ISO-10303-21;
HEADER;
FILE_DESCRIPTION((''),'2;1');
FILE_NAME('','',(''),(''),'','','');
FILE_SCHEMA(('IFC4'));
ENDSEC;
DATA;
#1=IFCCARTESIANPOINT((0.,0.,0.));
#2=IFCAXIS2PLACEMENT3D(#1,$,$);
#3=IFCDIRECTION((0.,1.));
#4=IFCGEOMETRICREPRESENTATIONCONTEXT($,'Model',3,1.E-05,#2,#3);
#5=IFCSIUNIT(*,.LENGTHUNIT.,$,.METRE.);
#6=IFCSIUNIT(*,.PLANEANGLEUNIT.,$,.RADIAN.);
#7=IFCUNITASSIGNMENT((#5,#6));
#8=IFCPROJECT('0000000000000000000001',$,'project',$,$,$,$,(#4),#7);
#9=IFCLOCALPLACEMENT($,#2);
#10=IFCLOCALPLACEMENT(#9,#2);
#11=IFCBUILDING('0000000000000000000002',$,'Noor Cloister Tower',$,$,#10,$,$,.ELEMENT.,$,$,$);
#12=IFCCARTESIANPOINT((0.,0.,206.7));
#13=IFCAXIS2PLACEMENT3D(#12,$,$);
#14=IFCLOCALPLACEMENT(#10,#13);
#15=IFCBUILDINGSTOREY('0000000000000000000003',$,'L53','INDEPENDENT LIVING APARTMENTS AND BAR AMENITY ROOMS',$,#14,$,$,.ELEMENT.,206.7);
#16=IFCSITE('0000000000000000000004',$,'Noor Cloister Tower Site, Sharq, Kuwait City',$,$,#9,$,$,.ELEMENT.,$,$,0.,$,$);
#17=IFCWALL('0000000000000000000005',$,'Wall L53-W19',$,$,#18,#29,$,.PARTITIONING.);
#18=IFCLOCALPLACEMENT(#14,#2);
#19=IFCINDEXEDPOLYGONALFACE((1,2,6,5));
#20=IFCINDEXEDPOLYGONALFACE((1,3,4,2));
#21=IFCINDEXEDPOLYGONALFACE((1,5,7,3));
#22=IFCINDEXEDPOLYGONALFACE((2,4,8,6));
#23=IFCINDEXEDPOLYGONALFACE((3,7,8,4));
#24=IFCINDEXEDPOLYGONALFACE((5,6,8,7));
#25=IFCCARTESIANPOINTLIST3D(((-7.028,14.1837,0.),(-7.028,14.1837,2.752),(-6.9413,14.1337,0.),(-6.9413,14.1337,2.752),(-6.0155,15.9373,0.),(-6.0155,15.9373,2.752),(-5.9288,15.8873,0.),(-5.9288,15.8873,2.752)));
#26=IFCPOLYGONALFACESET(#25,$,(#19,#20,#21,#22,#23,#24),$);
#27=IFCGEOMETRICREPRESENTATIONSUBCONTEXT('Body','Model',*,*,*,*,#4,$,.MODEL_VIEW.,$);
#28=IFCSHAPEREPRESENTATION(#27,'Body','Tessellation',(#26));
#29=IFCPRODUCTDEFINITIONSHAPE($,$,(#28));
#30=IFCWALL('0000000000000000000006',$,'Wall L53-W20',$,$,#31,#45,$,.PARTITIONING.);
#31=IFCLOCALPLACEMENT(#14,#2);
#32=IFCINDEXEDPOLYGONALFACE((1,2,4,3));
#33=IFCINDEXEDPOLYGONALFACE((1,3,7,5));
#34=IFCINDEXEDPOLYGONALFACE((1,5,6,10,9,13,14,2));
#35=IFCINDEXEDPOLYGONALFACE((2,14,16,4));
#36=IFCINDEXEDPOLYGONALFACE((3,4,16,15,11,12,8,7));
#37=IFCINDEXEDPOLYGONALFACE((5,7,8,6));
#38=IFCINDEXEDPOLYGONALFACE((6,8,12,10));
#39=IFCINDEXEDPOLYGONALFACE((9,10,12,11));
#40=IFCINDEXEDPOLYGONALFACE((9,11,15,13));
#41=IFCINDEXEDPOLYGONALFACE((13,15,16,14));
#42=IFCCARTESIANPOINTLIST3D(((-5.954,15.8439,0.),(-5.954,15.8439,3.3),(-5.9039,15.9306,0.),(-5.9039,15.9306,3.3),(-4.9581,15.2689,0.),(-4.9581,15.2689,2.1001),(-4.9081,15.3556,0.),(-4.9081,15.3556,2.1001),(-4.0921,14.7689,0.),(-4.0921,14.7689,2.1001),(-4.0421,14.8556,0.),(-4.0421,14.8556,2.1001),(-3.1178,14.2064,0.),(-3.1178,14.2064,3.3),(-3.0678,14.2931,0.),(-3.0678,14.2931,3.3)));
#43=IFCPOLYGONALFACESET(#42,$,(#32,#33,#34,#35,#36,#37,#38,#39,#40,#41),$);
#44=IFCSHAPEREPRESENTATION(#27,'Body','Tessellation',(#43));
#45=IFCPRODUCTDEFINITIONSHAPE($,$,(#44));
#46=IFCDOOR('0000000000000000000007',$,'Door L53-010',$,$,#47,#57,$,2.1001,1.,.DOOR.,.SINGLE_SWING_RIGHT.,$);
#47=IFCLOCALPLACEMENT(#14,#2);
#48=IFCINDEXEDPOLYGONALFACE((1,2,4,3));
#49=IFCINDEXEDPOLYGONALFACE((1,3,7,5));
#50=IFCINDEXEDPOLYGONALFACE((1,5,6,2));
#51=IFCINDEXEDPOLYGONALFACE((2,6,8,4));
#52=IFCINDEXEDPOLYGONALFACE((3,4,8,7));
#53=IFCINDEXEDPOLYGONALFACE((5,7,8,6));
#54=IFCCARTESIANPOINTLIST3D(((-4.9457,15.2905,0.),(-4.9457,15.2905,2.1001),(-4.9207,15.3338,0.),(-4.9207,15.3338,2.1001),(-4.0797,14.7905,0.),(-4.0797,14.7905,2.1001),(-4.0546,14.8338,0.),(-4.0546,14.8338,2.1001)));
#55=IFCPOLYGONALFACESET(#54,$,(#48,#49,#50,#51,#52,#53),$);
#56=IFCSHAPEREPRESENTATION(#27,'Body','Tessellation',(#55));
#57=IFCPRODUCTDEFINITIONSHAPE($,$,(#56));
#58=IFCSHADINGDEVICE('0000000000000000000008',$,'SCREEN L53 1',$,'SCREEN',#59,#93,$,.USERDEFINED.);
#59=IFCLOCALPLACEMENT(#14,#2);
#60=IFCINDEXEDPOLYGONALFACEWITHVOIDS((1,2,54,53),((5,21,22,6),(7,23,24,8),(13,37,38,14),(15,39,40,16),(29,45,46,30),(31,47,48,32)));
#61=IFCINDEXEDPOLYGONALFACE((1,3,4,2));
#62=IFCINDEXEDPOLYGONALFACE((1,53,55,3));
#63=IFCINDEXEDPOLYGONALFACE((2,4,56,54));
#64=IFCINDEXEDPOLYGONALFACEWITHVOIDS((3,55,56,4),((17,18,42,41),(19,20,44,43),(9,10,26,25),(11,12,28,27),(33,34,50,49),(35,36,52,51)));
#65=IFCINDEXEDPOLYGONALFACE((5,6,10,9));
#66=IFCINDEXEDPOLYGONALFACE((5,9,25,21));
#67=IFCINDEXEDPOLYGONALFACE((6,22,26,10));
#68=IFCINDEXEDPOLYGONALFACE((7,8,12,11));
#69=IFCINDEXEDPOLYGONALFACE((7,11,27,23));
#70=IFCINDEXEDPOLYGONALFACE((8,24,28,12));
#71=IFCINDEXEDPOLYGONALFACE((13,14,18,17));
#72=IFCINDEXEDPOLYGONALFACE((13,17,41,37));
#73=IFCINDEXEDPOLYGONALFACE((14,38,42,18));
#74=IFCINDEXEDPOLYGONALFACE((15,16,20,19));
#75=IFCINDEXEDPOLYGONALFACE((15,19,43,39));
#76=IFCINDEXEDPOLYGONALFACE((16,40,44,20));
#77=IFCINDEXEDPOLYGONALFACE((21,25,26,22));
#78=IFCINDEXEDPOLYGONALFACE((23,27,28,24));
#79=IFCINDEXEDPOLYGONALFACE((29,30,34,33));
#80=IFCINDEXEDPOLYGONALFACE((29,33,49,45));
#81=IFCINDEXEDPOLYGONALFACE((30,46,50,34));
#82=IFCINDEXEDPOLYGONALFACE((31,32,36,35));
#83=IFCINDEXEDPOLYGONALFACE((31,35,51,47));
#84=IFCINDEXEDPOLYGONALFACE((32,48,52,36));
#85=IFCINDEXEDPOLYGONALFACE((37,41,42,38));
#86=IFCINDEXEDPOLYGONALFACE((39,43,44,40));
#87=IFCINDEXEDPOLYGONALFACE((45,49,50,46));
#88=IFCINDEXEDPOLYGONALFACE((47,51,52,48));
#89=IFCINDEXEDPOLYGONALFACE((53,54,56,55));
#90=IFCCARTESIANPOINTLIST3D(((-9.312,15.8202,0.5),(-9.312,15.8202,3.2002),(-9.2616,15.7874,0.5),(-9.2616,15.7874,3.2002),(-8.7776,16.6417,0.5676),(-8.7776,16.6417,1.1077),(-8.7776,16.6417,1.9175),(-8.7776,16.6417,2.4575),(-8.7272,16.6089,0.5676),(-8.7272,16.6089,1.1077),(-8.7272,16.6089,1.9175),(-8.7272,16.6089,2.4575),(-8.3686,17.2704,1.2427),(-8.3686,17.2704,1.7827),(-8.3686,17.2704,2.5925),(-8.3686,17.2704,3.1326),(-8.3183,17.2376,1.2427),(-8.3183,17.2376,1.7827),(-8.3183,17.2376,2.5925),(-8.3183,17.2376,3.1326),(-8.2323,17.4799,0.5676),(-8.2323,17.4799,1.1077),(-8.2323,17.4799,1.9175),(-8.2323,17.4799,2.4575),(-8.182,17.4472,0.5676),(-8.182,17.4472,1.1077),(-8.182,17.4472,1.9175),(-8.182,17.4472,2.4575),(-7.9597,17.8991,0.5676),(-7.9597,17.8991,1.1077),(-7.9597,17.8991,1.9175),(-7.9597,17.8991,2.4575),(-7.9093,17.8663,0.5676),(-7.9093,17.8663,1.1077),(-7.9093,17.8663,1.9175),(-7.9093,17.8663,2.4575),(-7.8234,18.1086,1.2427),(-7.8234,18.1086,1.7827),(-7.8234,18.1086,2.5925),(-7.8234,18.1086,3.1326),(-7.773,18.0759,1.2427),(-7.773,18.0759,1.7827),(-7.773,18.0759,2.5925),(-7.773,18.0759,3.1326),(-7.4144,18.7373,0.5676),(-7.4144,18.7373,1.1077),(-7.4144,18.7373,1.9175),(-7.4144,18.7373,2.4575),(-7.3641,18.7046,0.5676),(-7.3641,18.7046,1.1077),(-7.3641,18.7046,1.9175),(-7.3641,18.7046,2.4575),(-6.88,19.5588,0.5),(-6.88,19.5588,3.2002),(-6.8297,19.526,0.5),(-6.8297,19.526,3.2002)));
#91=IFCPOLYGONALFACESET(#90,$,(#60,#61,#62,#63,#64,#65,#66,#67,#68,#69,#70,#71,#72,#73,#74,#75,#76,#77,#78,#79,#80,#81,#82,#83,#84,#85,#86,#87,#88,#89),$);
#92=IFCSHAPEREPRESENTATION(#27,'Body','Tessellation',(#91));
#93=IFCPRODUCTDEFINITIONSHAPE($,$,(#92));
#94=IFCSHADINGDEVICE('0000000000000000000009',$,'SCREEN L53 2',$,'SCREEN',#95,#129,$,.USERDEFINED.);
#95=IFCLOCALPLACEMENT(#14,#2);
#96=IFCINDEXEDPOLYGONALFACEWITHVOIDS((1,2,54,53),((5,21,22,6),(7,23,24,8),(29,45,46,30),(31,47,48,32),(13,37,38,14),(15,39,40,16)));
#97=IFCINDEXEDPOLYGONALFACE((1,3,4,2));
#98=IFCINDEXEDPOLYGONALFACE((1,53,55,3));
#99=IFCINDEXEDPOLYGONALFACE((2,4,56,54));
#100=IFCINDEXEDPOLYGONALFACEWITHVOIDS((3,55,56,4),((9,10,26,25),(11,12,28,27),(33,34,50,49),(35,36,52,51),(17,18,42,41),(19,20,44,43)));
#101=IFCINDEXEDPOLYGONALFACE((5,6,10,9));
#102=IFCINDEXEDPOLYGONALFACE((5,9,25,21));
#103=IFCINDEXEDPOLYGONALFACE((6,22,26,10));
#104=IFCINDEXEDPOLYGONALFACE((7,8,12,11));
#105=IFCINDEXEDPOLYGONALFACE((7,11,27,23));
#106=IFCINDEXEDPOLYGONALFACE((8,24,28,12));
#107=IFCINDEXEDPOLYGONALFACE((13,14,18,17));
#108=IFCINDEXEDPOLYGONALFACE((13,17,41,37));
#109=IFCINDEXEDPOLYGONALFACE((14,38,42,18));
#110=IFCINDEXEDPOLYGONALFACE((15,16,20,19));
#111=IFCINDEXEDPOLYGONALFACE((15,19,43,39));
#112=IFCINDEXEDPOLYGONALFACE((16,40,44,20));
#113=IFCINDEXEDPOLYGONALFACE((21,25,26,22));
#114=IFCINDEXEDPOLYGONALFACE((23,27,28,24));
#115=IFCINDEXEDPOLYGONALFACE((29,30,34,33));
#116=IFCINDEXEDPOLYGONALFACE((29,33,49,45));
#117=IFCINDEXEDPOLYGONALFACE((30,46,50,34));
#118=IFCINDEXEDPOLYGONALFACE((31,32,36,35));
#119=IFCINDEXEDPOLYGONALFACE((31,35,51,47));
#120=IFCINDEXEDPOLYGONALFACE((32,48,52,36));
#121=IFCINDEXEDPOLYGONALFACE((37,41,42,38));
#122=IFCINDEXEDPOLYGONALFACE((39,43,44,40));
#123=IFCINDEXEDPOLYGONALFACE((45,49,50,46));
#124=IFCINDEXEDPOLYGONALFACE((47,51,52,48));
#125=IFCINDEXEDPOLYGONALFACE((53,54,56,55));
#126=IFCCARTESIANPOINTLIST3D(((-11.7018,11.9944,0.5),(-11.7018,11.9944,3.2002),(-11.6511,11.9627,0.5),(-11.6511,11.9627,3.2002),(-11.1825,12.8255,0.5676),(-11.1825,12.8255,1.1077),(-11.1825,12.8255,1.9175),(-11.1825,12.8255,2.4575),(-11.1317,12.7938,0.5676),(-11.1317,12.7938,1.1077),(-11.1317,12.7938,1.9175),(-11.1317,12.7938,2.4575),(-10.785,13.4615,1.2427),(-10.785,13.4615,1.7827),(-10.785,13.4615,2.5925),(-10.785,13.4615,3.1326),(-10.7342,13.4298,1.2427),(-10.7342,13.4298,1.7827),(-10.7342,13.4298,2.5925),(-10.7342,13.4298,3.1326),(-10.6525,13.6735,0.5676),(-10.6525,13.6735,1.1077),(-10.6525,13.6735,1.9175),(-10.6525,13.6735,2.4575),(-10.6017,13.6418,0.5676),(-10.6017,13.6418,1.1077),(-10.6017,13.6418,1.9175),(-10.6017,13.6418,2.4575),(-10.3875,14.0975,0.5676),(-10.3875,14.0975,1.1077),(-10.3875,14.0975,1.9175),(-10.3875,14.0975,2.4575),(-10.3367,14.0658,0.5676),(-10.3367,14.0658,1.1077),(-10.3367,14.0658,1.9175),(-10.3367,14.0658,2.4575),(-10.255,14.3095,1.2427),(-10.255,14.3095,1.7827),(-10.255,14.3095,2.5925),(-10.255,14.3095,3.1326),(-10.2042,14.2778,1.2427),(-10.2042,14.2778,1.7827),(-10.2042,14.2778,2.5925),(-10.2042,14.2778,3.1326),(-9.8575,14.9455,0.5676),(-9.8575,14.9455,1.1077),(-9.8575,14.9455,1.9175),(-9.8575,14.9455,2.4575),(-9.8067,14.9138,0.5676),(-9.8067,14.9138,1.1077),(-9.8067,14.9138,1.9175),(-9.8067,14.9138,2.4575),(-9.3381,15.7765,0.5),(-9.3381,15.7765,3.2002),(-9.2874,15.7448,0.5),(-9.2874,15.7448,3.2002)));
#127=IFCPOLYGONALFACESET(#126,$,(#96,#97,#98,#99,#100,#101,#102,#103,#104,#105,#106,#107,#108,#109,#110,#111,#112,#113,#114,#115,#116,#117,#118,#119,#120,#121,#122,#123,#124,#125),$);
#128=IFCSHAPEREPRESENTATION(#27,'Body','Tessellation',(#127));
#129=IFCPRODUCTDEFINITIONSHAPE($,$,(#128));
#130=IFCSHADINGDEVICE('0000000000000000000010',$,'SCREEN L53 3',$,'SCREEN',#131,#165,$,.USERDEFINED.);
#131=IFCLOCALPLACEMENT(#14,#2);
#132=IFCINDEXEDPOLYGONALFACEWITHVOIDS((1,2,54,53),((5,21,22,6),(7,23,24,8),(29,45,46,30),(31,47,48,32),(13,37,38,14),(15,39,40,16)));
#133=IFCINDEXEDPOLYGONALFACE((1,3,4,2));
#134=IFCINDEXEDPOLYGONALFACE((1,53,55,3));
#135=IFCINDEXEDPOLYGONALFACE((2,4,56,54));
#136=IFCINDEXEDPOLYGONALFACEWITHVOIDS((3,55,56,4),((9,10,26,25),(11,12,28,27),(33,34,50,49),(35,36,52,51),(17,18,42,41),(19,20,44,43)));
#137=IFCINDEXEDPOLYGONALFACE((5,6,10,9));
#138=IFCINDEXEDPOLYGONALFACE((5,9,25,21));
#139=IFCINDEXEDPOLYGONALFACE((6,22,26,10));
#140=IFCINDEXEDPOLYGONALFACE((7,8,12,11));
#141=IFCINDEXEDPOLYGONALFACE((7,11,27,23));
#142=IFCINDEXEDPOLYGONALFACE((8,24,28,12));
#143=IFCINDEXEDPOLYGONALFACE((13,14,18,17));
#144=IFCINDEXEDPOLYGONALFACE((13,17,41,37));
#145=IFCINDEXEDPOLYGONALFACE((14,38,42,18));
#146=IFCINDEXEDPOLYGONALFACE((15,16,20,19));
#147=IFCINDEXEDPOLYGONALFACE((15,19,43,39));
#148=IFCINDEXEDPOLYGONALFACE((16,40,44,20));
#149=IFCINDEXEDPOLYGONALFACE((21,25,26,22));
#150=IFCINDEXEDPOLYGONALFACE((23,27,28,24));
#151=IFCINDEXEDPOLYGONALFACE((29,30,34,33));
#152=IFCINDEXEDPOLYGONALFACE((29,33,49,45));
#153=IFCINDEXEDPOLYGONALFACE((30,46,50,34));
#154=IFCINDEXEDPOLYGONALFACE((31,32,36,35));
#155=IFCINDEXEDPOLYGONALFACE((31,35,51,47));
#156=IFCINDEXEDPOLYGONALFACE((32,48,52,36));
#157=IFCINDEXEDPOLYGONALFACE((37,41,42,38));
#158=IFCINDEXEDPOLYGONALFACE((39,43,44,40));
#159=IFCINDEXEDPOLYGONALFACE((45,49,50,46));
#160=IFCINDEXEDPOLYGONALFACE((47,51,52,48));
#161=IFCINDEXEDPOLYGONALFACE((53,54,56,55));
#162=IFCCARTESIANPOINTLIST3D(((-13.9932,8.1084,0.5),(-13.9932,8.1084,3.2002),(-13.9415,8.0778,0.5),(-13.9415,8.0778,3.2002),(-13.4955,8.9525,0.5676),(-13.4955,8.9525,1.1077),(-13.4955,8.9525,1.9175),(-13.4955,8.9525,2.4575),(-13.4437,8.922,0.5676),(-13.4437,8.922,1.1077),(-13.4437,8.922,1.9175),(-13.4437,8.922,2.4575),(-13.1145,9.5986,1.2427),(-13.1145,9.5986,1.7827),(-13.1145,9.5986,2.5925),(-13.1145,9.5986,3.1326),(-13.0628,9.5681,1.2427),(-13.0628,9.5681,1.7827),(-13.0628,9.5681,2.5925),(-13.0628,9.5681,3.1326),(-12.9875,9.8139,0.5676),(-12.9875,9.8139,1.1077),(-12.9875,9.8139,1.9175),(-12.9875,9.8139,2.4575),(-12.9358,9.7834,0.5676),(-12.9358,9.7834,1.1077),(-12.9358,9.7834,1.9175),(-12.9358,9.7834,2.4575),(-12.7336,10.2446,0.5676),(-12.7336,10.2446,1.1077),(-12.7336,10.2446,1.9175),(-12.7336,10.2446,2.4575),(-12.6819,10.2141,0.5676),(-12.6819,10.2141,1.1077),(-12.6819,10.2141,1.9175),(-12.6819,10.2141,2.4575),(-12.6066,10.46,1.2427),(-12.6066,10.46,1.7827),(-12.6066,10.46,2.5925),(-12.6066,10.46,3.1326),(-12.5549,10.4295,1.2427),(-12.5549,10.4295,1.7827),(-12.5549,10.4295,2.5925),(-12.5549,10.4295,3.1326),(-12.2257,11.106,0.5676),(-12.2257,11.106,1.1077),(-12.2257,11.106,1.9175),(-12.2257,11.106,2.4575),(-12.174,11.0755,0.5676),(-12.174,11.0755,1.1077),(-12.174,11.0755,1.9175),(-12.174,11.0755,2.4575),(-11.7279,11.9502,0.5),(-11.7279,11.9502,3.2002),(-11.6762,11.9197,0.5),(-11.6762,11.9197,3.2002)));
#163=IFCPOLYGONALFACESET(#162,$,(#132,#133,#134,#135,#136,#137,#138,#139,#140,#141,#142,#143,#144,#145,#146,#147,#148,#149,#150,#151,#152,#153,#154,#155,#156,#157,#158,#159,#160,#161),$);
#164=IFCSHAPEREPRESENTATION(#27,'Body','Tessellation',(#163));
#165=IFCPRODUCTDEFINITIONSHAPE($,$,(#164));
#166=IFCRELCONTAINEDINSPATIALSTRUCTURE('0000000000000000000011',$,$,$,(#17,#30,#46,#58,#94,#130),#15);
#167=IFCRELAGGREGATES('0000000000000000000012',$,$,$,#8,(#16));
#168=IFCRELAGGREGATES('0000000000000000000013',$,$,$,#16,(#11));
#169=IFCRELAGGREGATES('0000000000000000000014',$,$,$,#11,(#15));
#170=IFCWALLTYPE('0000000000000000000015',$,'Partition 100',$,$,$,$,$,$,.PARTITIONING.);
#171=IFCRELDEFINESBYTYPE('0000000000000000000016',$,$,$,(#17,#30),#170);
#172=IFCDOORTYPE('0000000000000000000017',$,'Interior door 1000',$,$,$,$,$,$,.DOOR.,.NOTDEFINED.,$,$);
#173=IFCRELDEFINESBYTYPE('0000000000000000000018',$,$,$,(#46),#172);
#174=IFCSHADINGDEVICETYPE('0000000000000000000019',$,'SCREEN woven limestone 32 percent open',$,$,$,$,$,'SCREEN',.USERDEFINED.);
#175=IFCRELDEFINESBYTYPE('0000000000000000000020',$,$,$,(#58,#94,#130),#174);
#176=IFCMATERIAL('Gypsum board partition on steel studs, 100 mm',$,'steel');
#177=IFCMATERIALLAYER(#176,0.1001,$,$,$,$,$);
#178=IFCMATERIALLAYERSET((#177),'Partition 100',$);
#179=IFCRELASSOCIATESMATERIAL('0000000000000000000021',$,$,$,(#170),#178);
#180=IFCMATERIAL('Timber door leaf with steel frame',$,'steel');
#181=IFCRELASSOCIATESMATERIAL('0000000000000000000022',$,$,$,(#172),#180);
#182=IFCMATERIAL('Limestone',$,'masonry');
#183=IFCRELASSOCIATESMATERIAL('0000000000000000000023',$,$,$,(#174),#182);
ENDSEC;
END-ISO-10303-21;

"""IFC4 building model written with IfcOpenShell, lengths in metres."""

from ifc_helpers import new_model, si_unit, direction, frame, frame_2d, origin, place, context, subcontext, project, spatial, polyline, rectangle, outline, extrude, material, layer, layer_set, material_profile, profile_set, type_object, element, fill, save


model = new_model("IFC4")

# Units and contexts
model_context = context("Model", 3, precision=1e-05, world=origin(), true_north=direction((0.0, 1.0)))
body_context = subcontext(model_context, "Body", "Model", "MODEL_VIEW")
ifc_project = project(units=[si_unit("LENGTHUNIT", "METRE"), si_unit("PLANEANGLEUNIT", "RADIAN")], contexts=[model_context])

# Site, building, storey
site_placement = place(None, origin())
site = spatial("IfcSite", under=ifc_project, at=site_placement, Name="Noor Cloister Tower Site, Sharq, Kuwait City", CompositionType="ELEMENT", RefElevation=0.0)
building_placement = place(site_placement, origin())
building = spatial("IfcBuilding", under=site, at=building_placement, Name="Noor Cloister Tower", CompositionType="ELEMENT")
storey_placement = place(building_placement, frame((0.0, 0.0, 206.7)))
storey = spatial("IfcBuildingStorey", under=building, at=storey_placement, Name="L53", Description="INDEPENDENT LIVING APARTMENTS AND BAR AMENITY ROOMS", CompositionType="ELEMENT", Elevation=206.7)

# Wall
ifc_material_1 = material(Name="Gypsum board partition on steel studs, 100 mm", Category="steel")
ifc_layer_1 = layer(ifc_material_1, 0.1001)
ifc_layer_set_1 = layer_set([ifc_layer_1], Name="Partition 100")
wall_type_1 = type_object("IfcWallType", Name="Partition 100", PredefinedType="PARTITIONING", material=ifc_layer_set_1)
wall_1_placement = place(storey_placement, frame((-6.9846, 14.1587, 0.0), z_axis=(0.0, 0.0, 1.0), x_axis=(0.49999, 0.866031, 0.0)))
element("IfcWall", 1, at=wall_1_placement, inside=storey, type_object=wall_type_1, Name="Wall L53-W19", PredefinedType="PARTITIONING", context=body_context, shape_type="SweptSolid", body=[
    extrude(rectangle(XDim=2.0249, YDim=0.1001, at=frame_2d((1.0125, 0.0))), origin(), (0.0, 0.0, 1.0), 2.752),
])

# Wall, opening, door
wall_2_placement = place(storey_placement, frame((-5.929, 15.8872, 0.0), z_axis=(0.0, 0.0, 1.0), x_axis=(0.866028, -0.499996, 0.0)))
wall_2 = element("IfcWall", 2, at=wall_2_placement, inside=storey, type_object=wall_type_1, Name="Wall L53-W20", PredefinedType="PARTITIONING", context=body_context, shape_type="SweptSolid", body=[
    extrude(rectangle(XDim=3.2749, YDim=0.1001, at=frame_2d((1.6375, 0.0))), origin(), (0.0, 0.0, 1.0), 3.3),
])
opening_1_placement = place(wall_2_placement, frame((1.1499, 0.0, 0.0)))
opening_1 = element("IfcOpeningElement", 3, at=opening_1_placement, cuts=wall_2, PredefinedType="OPENING", context=body_context, shape_type="SweptSolid", body=[
    extrude(rectangle(XDim=1.0, YDim=2.1001, at=frame_2d((0.5, 1.05))), frame((0.0, 0.0601, 0.0), z_axis=(0.0, -1.0, 0.0), x_axis=(1.0, 0.0, 0.0)), (0.0, 0.0, 1.0), 0.1201),
])
ifc_material_2 = material(Name="Timber door leaf with steel frame", Category="steel")
door_type_1 = type_object("IfcDoorType", Name="Interior door 1000", OperationType="NOTDEFINED", PredefinedType="DOOR", material=ifc_material_2)
door_1_placement = place(opening_1_placement, origin())
door_1 = element("IfcDoor", 4, at=door_1_placement, inside=storey, type_object=door_type_1, Name="Door L53-010", OperationType="SINGLE_SWING_RIGHT", OverallHeight=2.1001, OverallWidth=1.0, PredefinedType="DOOR", context=body_context, shape_type="SweptSolid", body=[
    extrude(rectangle(XDim=1.0, YDim=2.1001, at=frame_2d((0.5, 1.05))), frame((0.0, 0.0249, 0.0), z_axis=(0.0, -1.0, 0.0), x_axis=(1.0, 0.0, 0.0)), (0.0, 0.0, 1.0), 0.05),
])
fill(opening_1, door_1)

# Shading devices
ifc_material_3 = material(Name="Limestone", Category="masonry")
ifc_material_profile_1 = material_profile(ifc_material_3, outline(polyline([(-2.23, -1.3501), (2.23, -1.3501), (2.23, 1.3501), (-2.23, 1.3501), (-2.23, -1.3501)]), holes=[polyline([(-1.25, -1.2825), (-0.25, -1.2825), (-0.25, -0.7424), (-1.25, -0.7424), (-1.25, -1.2825)]), polyline([(0.25, -1.2825), (1.25, -1.2825), (1.25, -0.7424), (0.25, -0.7424), (0.25, -1.2825)]), polyline([(-0.5, -0.6074), (0.5, -0.6074), (0.5, -0.0674), (-0.5, -0.0674), (-0.5, -0.6074)]), polyline([(-1.25, 0.0674), (-0.25, 0.0674), (-0.25, 0.6074), (-1.25, 0.6074), (-1.25, 0.0674)]), polyline([(0.25, 0.0674), (1.25, 0.0674), (1.25, 0.6074), (0.25, 0.6074), (0.25, 0.0674)]), polyline([(-0.5, 0.7424), (0.5, 0.7424), (0.5, 1.2825), (-0.5, 1.2825), (-0.5, 0.7424)])]), Name="Woven screen 32 percent open")
ifc_profile_set_1 = profile_set([ifc_material_profile_1], Name="Limestone")
shading_device_type = type_object("IfcShadingDeviceType", Name="SCREEN woven limestone 32 percent open", ElementType="SCREEN", PredefinedType="USERDEFINED", material=ifc_profile_set_1)
shading_device_1_placement = place(storey_placement, frame((-8.0457, 17.6567, 1.8501), z_axis=(-0.838258, 0.545274, 0.0), x_axis=(-0.545274, -0.838258, 0.0)))
element("IfcShadingDevice", 5, at=shading_device_1_placement, inside=storey, type_object=shading_device_type, Name="SCREEN L53 1", ObjectType="SCREEN", PredefinedType="USERDEFINED", context=body_context, shape_type="SweptSolid", body=[
    extrude(outline(polyline([(-2.23, -1.3501), (2.23, -1.3501), (2.23, 1.3501), (-2.23, 1.3501), (-2.23, -1.3501)]), holes=[polyline([(-1.25, -1.2825), (-0.25, -1.2825), (-0.25, -0.7424), (-1.25, -0.7424), (-1.25, -1.2825)]), polyline([(0.25, -1.2825), (1.25, -1.2825), (1.25, -0.7424), (0.25, -0.7424), (0.25, -1.2825)]), polyline([(-0.5, -0.6074), (0.5, -0.6074), (0.5, -0.0674), (-0.5, -0.0674), (-0.5, -0.6074)]), polyline([(-1.25, 0.0674), (-0.25, 0.0674), (-0.25, 0.6074), (-1.25, 0.6074), (-1.25, 0.0674)]), polyline([(0.25, 0.0674), (1.25, 0.0674), (1.25, 0.6074), (0.25, 0.6074), (0.25, 0.0674)]), polyline([(-0.5, 0.7424), (0.5, 0.7424), (0.5, 1.2825), (-0.5, 1.2825), (-0.5, 0.7424)])]), origin(), (0.0, 0.0, 1.0), 0.0601),
])
shading_device_2_placement = place(storey_placement, frame((-10.4692, 13.8538, 1.8501), z_axis=(-0.847998, 0.529999, 0.0), x_axis=(-0.529999, -0.847998, 0.0)))
element("IfcShadingDevice", 6, at=shading_device_2_placement, inside=storey, type_object=shading_device_type, Name="SCREEN L53 2", ObjectType="SCREEN", PredefinedType="USERDEFINED", context=body_context, shape_type="SweptSolid", body=[
    extrude(outline(polyline([(-2.23, -1.3501), (2.23, -1.3501), (2.23, 1.3501), (-2.23, 1.3501), (-2.23, -1.3501)]), holes=[polyline([(-1.25, -1.2825), (-0.25, -1.2825), (-0.25, -0.7424), (-1.25, -0.7424), (-1.25, -1.2825)]), polyline([(0.25, -1.2825), (1.25, -1.2825), (1.25, -0.7424), (0.25, -0.7424), (0.25, -1.2825)]), polyline([(-0.5, -0.6074), (0.5, -0.6074), (0.5, -0.0674), (-0.5, -0.0674), (-0.5, -0.6074)]), polyline([(-1.25, 0.0674), (-0.25, 0.0674), (-0.25, 0.6074), (-1.25, 0.6074), (-1.25, 0.0674)]), polyline([(0.25, 0.0674), (1.25, 0.0674), (1.25, 0.6074), (0.25, 0.6074), (0.25, 0.0674)]), polyline([(-0.5, 0.7424), (0.5, 0.7424), (0.5, 1.2825), (-0.5, 1.2825), (-0.5, 0.7424)])]), origin(), (0.0, 0.0, 1.0), 0.0598),
])
shading_device_3_placement = place(storey_placement, frame((-12.8088, 9.9988, 1.8501), z_axis=(-0.861411, 0.507908, 0.0), x_axis=(-0.507908, -0.861411, 0.0)))
element("IfcShadingDevice", 7, at=shading_device_3_placement, inside=storey, type_object=shading_device_type, Name="SCREEN L53 3", ObjectType="SCREEN", PredefinedType="USERDEFINED", context=body_context, shape_type="SweptSolid", body=[
    extrude(outline(polyline([(-2.23, -1.3501), (2.23, -1.3501), (2.23, 1.3501), (-2.23, 1.3501), (-2.23, -1.3501)]), holes=[polyline([(-1.25, -1.2825), (-0.25, -1.2825), (-0.25, -0.7424), (-1.25, -0.7424), (-1.25, -1.2825)]), polyline([(0.25, -1.2825), (1.25, -1.2825), (1.25, -0.7424), (0.25, -0.7424), (0.25, -1.2825)]), polyline([(-0.5, -0.6074), (0.5, -0.6074), (0.5, -0.0674), (-0.5, -0.0674), (-0.5, -0.6074)]), polyline([(-1.25, 0.0674), (-0.25, 0.0674), (-0.25, 0.6074), (-1.25, 0.6074), (-1.25, 0.0674)]), polyline([(0.25, 0.0674), (1.25, 0.0674), (1.25, 0.6074), (0.25, 0.6074), (0.25, 0.0674)]), polyline([(-0.5, 0.7424), (0.5, 0.7424), (0.5, 1.2825), (-0.5, 1.2825), (-0.5, 0.7424)])]), origin(), (0.0, 0.0, 1.0), 0.0601),
])

save(model, "model.ifc")
